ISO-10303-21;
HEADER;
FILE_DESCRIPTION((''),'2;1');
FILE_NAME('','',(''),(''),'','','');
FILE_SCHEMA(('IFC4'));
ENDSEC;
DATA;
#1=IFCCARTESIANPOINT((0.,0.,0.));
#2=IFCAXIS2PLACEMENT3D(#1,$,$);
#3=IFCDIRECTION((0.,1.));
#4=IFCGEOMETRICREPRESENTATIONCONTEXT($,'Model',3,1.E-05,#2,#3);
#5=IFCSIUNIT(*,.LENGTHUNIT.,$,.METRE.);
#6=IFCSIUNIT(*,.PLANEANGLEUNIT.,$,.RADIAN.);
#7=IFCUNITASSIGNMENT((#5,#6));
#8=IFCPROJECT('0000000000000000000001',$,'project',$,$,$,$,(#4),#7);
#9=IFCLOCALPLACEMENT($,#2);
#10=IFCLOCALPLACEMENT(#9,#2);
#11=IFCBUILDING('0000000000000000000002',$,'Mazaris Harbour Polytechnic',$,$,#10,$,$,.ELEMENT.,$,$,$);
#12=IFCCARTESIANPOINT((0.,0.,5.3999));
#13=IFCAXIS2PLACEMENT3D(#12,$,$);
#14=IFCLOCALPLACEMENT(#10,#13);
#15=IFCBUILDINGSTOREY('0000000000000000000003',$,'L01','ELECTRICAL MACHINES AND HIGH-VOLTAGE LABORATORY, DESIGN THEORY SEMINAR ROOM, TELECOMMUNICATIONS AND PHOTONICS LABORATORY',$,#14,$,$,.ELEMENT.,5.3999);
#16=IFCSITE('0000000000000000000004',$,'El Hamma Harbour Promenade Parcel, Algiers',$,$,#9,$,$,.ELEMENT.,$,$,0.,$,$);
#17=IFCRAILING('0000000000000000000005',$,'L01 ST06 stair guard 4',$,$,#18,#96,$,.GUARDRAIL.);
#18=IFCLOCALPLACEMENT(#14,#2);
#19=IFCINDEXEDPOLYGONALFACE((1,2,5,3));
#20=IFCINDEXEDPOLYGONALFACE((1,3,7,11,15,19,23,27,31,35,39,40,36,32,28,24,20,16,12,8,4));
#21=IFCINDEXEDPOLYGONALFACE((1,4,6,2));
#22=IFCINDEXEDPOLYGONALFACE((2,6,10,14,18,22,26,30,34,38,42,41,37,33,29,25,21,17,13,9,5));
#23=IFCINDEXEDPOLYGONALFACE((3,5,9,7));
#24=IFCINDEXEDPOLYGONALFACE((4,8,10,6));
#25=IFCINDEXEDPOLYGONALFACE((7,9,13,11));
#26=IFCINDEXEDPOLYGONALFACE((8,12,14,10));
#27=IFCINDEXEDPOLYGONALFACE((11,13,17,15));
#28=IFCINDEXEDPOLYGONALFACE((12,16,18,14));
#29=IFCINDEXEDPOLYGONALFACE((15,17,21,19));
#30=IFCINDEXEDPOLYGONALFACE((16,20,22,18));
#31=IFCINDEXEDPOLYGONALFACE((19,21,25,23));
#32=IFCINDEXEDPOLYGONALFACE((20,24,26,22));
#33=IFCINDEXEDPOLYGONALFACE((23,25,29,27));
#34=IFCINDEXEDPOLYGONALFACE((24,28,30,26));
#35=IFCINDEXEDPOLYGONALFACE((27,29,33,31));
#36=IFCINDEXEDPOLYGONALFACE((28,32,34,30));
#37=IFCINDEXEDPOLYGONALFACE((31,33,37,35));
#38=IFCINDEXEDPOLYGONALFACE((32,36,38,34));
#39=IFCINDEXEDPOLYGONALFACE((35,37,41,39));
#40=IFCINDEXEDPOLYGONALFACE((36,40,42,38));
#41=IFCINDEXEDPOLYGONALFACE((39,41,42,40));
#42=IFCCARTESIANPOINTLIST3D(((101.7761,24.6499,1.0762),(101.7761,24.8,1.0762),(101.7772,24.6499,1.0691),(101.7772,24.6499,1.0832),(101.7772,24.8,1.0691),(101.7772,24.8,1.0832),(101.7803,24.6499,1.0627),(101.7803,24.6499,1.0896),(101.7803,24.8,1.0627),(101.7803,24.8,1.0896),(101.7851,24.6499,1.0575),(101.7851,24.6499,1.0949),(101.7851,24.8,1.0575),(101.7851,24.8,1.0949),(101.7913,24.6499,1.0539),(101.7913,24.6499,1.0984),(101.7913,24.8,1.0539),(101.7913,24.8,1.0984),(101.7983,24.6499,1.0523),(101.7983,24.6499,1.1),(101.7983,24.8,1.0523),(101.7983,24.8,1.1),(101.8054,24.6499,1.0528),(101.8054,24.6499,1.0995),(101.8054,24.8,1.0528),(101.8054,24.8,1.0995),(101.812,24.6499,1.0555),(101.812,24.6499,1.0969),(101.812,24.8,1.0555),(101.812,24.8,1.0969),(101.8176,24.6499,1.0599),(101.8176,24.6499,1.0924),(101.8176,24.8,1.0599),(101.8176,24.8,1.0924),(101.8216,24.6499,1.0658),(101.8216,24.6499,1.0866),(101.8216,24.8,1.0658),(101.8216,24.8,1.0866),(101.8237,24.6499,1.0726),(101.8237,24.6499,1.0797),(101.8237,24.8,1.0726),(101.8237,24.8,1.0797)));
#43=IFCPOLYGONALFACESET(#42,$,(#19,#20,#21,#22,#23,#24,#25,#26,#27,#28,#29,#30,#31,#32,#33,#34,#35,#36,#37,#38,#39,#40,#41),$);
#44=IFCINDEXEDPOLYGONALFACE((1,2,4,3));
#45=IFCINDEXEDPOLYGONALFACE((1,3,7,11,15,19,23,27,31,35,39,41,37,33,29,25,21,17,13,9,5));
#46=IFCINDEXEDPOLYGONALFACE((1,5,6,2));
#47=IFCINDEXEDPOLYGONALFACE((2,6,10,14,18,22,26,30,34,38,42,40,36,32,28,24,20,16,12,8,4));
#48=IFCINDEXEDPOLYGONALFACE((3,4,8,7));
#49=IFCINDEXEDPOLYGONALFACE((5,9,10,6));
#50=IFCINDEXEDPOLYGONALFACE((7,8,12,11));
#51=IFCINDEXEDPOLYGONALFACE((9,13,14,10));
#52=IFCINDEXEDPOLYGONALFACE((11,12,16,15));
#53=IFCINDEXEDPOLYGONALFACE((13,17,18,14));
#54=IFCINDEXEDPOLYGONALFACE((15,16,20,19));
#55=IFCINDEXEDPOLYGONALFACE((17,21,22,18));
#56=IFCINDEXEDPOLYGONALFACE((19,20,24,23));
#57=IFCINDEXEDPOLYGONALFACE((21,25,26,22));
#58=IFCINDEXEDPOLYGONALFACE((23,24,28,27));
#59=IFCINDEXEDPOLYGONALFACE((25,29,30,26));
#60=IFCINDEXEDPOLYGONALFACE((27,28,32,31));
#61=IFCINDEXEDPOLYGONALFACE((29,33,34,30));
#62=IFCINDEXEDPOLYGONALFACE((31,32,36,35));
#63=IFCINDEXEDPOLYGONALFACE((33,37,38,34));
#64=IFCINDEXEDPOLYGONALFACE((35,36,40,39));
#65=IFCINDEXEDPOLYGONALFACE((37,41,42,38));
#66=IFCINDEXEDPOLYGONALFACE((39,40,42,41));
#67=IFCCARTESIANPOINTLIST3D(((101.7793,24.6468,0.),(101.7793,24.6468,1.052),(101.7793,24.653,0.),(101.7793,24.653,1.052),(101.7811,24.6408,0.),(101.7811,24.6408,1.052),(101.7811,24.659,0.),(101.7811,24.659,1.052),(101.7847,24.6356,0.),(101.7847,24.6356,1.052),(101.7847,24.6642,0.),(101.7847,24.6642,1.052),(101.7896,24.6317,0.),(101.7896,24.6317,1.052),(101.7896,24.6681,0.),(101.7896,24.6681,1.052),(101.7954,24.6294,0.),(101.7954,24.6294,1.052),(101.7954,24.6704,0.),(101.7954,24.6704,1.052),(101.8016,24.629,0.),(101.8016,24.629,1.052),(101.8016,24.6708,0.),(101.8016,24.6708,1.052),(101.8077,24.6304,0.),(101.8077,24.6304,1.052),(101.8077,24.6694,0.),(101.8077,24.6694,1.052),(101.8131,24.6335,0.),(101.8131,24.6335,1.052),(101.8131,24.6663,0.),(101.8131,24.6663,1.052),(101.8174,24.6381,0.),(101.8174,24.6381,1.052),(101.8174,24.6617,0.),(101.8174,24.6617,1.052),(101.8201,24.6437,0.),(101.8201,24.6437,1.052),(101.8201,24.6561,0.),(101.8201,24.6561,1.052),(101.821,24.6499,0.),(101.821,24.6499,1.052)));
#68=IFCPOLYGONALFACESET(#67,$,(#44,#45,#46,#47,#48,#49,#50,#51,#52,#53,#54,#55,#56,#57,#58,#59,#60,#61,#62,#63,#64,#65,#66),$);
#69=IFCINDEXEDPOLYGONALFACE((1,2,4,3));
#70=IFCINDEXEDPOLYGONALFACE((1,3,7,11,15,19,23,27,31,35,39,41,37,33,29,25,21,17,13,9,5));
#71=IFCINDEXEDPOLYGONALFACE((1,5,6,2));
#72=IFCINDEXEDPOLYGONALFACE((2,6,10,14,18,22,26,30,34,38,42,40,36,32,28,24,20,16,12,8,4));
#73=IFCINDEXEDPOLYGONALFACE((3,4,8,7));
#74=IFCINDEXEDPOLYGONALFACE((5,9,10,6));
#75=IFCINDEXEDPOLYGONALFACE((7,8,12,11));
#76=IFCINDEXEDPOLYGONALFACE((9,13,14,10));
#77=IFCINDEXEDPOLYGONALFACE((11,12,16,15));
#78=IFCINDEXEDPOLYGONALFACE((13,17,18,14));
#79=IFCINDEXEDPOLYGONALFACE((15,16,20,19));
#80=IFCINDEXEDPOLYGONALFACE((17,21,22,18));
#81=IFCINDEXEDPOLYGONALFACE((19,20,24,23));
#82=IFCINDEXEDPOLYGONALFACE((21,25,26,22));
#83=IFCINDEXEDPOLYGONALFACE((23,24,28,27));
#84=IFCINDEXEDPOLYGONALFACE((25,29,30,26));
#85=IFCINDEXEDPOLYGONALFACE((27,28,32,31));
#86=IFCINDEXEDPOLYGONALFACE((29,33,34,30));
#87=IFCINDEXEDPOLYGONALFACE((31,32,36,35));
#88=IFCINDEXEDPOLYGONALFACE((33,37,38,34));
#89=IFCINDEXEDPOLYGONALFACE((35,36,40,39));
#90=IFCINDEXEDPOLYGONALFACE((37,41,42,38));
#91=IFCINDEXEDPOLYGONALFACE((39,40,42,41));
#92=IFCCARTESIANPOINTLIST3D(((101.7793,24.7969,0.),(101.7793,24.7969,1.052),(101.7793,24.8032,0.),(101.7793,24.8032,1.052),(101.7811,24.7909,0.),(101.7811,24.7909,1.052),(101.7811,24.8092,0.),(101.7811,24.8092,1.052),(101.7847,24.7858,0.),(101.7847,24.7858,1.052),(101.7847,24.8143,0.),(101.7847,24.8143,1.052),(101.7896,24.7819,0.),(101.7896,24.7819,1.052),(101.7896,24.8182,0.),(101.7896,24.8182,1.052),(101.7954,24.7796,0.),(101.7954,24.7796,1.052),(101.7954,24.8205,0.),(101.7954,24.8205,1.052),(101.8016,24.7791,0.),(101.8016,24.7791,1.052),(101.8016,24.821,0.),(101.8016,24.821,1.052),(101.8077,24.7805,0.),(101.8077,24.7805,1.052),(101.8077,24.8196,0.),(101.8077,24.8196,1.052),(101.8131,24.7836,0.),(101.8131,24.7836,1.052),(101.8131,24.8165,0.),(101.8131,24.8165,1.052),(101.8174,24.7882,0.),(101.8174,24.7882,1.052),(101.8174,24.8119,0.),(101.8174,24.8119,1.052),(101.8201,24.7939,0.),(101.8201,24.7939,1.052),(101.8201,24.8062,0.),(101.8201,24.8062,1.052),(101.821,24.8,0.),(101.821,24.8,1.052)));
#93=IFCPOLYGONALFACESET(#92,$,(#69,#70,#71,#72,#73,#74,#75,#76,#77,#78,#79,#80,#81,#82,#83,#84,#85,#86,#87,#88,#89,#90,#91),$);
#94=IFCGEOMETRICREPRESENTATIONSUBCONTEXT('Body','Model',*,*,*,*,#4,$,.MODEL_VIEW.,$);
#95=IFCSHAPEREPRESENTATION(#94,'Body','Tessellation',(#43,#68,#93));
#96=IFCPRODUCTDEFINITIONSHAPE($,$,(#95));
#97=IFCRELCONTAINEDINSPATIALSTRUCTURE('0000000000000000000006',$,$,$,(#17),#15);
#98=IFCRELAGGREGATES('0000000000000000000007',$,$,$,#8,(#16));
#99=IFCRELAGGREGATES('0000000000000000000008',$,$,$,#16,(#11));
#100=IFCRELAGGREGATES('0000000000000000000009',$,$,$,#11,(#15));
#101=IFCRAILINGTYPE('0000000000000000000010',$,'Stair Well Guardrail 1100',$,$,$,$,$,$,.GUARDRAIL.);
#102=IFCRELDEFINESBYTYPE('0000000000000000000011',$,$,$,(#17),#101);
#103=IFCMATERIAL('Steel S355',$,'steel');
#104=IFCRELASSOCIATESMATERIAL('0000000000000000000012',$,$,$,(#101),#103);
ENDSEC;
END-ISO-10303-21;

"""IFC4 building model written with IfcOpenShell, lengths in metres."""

from ifc_helpers import new_model, si_unit, direction, frame, origin, origin_2d, place, context, subcontext, project, spatial, circle, extrude, material, type_object, element, save


model = new_model("IFC4")

# Units and contexts
model_context = context("Model", 3, precision=1e-05, world=origin(), true_north=direction((0.0, 1.0)))
body_context = subcontext(model_context, "Body", "Model", "MODEL_VIEW")
ifc_project = project(units=[si_unit("LENGTHUNIT", "METRE"), si_unit("PLANEANGLEUNIT", "RADIAN")], contexts=[model_context])

# Site, building, storey
site_placement = place(None, origin())
site = spatial("IfcSite", under=ifc_project, at=site_placement, Name="El Hamma Harbour Promenade Parcel, Algiers", CompositionType="ELEMENT", RefElevation=0.0)
building_placement = place(site_placement, origin())
building = spatial("IfcBuilding", under=site, at=building_placement, Name="Mazaris Harbour Polytechnic", CompositionType="ELEMENT")
storey_placement = place(building_placement, frame((0.0, 0.0, 5.3999)))
storey = spatial("IfcBuildingStorey", under=building, at=storey_placement, Name="L01", Description="ELECTRICAL MACHINES AND HIGH-VOLTAGE LABORATORY, DESIGN THEORY SEMINAR ROOM, TELECOMMUNICATIONS AND PHOTONICS LABORATORY", CompositionType="ELEMENT", Elevation=5.3999)

# Railing
ifc_material_1 = material(Name="Steel S355", Category="steel")
railing_type_1 = type_object("IfcRailingType", Name="Stair Well Guardrail 1100", PredefinedType="GUARDRAIL", material=ifc_material_1)
railing_1_placement = place(storey_placement, frame((101.8, 24.6499, 0.0)))
element("IfcRailing", 1, at=railing_1_placement, inside=storey, type_object=railing_type_1, Name="L01 ST06 stair guard 4", PredefinedType="GUARDRAIL", context=body_context, shape_type="SweptSolid", body=[
    extrude(circle(Radius=0.0239, at=origin_2d()), frame((0.0, 0.0, 1.0762), z_axis=(0.0, 1.0, 0.0), x_axis=(-1.0, 0.0, 0.0)), (0.0, 0.0, 1.0), 0.1501),
    extrude(circle(Radius=0.021, at=origin_2d()), origin(), (0.0, 0.0, 1.0), 1.052),
    extrude(circle(Radius=0.021, at=origin_2d()), frame((0.0, 0.1501, 0.0)), (0.0, 0.0, 1.0), 1.052),
])

save(model, "model.ifc")
